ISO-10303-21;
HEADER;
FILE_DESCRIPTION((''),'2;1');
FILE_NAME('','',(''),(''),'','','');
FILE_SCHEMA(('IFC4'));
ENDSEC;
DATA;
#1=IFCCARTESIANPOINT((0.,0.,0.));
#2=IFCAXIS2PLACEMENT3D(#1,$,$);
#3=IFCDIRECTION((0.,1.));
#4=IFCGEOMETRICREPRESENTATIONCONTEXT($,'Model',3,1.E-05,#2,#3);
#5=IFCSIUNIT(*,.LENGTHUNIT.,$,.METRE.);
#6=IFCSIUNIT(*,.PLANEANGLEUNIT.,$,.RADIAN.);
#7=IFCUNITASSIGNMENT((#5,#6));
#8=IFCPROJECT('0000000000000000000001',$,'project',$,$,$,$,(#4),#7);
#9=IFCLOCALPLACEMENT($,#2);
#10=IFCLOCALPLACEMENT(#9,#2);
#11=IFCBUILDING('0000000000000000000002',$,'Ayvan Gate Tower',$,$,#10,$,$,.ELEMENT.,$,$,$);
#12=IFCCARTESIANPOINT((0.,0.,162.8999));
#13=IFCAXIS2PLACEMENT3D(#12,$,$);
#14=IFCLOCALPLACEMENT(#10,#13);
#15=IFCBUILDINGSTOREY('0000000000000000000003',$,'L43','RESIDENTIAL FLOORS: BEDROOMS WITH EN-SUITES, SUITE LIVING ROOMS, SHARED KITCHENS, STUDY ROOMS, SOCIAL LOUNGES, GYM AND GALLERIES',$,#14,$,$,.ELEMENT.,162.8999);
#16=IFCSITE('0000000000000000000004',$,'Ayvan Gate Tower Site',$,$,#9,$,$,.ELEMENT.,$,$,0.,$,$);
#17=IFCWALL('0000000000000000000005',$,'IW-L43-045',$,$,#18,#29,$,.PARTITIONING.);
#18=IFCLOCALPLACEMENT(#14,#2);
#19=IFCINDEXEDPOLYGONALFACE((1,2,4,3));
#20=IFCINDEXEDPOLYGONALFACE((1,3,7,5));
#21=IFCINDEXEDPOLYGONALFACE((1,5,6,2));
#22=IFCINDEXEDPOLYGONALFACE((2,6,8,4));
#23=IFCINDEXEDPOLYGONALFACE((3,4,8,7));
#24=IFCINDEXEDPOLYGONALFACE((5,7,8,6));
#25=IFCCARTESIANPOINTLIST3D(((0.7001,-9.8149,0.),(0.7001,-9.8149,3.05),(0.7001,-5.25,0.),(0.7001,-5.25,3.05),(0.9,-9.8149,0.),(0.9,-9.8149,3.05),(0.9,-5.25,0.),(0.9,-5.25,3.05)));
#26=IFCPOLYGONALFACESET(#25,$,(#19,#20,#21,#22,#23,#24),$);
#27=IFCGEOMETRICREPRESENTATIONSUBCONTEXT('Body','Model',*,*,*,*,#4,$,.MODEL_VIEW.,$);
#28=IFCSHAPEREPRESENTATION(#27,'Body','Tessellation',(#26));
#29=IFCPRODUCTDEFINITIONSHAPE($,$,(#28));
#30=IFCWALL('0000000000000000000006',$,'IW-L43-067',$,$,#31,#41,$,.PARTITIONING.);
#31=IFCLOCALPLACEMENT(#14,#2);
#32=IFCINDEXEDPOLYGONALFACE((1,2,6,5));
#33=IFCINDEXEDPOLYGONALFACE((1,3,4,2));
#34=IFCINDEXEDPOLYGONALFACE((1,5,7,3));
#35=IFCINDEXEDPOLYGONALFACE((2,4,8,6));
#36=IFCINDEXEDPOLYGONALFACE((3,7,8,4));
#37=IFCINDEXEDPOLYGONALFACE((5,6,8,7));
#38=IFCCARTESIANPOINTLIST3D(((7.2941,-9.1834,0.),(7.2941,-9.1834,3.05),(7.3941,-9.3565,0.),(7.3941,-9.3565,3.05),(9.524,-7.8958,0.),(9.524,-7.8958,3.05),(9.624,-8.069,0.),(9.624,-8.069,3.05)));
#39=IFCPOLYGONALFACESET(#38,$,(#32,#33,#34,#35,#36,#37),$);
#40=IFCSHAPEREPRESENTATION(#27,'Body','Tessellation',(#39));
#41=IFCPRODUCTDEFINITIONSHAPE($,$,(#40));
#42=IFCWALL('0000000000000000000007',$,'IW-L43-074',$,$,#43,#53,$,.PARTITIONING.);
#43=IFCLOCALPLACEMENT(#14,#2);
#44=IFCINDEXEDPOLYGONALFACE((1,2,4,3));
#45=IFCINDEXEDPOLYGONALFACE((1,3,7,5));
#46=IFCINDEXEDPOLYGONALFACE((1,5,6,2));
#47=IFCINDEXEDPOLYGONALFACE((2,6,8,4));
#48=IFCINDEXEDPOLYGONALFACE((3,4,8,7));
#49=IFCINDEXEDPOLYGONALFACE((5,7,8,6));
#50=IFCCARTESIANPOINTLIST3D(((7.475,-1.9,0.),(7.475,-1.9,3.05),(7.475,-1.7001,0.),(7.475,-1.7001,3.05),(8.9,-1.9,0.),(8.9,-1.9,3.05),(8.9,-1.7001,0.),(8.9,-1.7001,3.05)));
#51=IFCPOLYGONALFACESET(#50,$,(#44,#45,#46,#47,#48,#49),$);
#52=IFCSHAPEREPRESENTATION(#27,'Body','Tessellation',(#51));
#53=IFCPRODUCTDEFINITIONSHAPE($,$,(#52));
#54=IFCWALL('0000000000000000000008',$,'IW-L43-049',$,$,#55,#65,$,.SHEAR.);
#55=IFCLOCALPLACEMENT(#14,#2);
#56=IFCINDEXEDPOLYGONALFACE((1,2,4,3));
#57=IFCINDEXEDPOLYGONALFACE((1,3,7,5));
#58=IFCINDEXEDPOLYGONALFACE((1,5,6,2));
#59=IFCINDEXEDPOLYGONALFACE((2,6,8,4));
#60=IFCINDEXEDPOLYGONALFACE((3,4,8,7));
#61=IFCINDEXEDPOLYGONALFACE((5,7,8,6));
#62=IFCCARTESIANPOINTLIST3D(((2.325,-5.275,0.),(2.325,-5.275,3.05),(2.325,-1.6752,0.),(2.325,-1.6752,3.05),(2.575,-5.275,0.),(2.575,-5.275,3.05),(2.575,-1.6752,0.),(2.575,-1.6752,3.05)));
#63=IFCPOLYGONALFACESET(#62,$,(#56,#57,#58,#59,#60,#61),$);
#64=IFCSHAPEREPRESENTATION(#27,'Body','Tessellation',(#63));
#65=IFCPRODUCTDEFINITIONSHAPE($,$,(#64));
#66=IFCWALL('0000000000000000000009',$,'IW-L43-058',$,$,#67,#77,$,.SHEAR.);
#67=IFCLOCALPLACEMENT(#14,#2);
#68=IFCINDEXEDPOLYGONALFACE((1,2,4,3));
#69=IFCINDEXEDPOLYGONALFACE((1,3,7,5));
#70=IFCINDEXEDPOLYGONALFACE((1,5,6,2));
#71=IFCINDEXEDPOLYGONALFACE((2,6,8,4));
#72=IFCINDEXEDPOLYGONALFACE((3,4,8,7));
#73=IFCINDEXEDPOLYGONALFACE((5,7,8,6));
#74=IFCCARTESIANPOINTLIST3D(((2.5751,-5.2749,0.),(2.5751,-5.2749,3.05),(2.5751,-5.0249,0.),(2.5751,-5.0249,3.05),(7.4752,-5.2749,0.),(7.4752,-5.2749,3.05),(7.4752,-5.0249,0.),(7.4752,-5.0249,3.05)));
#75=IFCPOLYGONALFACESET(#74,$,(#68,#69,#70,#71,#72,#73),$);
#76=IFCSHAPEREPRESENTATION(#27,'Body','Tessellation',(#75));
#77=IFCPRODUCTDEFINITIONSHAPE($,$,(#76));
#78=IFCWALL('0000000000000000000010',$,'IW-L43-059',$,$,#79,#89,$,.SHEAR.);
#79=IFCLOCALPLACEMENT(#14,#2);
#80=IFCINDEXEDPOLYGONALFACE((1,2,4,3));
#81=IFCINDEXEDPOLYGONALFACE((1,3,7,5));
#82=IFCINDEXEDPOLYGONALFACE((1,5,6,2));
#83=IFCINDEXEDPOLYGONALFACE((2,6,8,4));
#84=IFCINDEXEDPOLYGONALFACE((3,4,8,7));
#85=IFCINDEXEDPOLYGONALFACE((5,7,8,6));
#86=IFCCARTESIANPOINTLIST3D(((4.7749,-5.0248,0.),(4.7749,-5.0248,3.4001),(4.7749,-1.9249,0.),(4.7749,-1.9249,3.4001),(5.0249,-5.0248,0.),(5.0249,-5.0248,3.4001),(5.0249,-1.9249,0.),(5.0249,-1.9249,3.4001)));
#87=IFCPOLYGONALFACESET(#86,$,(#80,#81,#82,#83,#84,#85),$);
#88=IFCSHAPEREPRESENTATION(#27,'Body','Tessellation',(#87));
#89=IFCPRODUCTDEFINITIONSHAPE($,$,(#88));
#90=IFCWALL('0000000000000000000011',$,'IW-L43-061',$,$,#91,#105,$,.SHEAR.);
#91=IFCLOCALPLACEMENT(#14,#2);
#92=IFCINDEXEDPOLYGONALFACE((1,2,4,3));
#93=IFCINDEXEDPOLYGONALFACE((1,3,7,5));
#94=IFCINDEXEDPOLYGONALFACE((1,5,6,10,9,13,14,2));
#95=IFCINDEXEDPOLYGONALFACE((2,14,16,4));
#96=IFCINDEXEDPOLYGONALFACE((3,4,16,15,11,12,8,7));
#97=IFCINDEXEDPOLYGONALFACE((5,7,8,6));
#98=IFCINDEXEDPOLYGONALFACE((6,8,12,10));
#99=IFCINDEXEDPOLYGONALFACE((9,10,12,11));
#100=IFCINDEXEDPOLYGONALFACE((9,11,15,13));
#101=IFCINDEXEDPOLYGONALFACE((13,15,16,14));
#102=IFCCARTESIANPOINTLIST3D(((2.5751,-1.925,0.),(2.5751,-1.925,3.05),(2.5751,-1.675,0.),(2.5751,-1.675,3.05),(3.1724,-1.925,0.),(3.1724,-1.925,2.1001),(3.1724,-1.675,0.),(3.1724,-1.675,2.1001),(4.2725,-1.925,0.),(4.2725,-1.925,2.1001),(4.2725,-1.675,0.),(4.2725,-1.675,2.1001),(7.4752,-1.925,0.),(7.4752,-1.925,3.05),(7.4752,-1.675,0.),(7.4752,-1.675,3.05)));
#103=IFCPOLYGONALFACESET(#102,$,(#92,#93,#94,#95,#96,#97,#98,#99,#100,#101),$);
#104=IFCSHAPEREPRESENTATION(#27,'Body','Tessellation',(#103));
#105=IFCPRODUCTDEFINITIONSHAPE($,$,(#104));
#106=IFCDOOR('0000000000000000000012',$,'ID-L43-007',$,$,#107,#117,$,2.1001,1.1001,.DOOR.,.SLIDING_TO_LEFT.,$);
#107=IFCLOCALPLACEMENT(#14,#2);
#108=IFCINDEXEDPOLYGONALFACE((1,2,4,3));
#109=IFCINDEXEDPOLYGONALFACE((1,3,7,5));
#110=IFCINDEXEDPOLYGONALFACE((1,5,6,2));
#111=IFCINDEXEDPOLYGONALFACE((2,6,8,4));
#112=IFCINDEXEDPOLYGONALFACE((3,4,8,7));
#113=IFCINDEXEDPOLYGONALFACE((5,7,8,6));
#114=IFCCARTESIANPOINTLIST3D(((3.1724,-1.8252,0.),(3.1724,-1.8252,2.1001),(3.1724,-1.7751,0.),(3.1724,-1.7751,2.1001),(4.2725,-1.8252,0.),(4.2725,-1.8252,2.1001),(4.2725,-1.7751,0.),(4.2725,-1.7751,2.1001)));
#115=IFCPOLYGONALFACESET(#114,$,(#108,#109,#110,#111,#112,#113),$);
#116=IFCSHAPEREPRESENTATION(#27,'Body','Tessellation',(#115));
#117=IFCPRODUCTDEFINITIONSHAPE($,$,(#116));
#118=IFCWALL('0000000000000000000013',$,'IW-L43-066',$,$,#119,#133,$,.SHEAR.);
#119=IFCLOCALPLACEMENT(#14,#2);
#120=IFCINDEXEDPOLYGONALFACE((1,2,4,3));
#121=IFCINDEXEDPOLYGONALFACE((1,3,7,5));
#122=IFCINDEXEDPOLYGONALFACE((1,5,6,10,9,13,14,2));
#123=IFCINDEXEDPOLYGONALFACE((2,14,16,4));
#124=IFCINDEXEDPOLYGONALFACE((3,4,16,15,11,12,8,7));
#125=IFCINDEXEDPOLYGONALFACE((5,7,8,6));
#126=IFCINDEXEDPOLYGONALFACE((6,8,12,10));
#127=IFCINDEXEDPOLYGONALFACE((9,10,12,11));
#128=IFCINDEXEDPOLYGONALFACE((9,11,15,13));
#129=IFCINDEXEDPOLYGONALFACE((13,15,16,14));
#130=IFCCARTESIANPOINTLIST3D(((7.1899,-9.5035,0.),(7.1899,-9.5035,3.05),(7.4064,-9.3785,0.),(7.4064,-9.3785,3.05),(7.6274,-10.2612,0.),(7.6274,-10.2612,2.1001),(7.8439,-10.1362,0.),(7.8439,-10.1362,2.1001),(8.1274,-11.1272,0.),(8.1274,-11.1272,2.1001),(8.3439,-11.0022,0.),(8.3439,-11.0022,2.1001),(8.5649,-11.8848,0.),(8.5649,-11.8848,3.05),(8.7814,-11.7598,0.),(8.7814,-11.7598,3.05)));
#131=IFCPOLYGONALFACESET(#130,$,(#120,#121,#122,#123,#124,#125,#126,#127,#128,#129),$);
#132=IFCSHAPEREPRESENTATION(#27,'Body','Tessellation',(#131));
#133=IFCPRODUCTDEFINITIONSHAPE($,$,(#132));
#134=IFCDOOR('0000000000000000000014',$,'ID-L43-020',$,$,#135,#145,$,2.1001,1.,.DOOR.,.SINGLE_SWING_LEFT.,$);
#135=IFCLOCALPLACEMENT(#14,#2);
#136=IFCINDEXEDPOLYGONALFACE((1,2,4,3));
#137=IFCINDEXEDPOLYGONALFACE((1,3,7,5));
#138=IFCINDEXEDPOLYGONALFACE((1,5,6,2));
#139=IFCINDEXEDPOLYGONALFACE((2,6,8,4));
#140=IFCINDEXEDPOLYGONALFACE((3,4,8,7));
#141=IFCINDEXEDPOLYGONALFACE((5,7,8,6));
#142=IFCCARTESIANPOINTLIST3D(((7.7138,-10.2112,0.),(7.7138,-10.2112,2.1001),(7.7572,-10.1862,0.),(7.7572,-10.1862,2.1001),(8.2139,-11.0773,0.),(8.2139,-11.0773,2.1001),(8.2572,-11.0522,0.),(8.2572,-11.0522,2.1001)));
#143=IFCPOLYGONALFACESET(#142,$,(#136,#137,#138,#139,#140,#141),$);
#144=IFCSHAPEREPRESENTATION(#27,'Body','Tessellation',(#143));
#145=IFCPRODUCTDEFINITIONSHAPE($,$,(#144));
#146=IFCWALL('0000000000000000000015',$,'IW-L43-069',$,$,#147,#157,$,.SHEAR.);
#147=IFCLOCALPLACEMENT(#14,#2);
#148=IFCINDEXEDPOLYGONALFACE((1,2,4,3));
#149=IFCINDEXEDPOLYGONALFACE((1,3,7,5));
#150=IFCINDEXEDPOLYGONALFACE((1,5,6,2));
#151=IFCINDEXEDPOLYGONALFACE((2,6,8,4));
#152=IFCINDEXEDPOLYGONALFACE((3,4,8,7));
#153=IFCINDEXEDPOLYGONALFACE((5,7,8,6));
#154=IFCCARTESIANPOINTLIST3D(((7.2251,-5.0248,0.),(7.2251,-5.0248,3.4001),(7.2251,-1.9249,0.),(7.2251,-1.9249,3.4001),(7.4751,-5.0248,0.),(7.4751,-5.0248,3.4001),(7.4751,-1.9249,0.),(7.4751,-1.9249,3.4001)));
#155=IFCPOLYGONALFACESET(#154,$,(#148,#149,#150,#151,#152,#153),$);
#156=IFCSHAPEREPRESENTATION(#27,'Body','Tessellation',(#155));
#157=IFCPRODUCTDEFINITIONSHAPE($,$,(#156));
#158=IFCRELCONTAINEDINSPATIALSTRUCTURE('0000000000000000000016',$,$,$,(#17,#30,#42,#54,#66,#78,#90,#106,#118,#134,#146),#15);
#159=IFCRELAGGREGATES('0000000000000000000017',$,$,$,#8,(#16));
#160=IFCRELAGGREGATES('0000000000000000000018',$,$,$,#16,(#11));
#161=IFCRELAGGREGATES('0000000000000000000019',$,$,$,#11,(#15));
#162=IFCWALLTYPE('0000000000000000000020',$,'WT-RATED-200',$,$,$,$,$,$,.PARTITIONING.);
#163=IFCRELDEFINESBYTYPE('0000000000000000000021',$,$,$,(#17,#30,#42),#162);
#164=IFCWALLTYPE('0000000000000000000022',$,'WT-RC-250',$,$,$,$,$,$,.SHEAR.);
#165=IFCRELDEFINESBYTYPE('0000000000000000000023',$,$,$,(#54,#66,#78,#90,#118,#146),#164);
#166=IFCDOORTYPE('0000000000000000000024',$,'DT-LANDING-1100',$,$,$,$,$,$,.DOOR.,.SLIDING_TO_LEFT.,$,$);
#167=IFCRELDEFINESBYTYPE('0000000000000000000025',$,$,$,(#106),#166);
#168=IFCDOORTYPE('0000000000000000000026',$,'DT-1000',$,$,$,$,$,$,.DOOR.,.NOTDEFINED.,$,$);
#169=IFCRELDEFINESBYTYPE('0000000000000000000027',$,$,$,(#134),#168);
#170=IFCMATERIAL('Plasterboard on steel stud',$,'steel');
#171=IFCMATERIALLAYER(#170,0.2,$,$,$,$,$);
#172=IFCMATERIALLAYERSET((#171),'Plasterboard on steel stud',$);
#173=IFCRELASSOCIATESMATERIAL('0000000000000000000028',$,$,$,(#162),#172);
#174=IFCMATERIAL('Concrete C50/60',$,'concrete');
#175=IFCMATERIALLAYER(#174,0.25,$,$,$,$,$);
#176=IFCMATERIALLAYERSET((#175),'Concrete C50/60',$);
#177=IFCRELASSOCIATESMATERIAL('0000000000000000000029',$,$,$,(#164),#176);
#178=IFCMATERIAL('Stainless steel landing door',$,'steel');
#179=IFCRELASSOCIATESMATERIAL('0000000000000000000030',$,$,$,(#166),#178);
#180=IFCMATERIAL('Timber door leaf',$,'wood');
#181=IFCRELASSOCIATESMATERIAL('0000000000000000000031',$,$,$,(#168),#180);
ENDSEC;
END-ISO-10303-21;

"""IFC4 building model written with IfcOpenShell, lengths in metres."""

from ifc_helpers import new_model, si_unit, direction, frame, frame_2d, origin, place, context, subcontext, project, spatial, rectangle, extrude, material, layer, layer_set, type_object, element, fill, save


model = new_model("IFC4")

# Units and contexts
model_context = context("Model", 3, precision=1e-05, world=origin(), true_north=direction((0.0, 1.0)))
body_context = subcontext(model_context, "Body", "Model", "MODEL_VIEW")
ifc_project = project(units=[si_unit("LENGTHUNIT", "METRE"), si_unit("PLANEANGLEUNIT", "RADIAN")], contexts=[model_context])

# Site, building, storey
site_placement = place(None, origin())
site = spatial("IfcSite", under=ifc_project, at=site_placement, Name="Ayvan Gate Tower Site", CompositionType="ELEMENT", RefElevation=0.0)
building_placement = place(site_placement, origin())
building = spatial("IfcBuilding", under=site, at=building_placement, Name="Ayvan Gate Tower", CompositionType="ELEMENT")
storey_placement = place(building_placement, frame((0.0, 0.0, 162.8999)))
storey = spatial("IfcBuildingStorey", under=building, at=storey_placement, Name="L43", Description="RESIDENTIAL FLOORS: BEDROOMS WITH EN-SUITES, SUITE LIVING ROOMS, SHARED KITCHENS, STUDY ROOMS, SOCIAL LOUNGES, GYM AND GALLERIES", CompositionType="ELEMENT", Elevation=162.8999)

# Walls
ifc_material_1 = material(Name="Plasterboard on steel stud", Category="steel")
ifc_layer_1 = layer(ifc_material_1, 0.2)
ifc_layer_set_1 = layer_set([ifc_layer_1], Name="Plasterboard on steel stud")
wall_type_1 = type_object("IfcWallType", Name="WT-RATED-200", PredefinedType="PARTITIONING", material=ifc_layer_set_1)
wall_1_placement = place(storey_placement, frame((0.8, -5.25, 0.0), z_axis=(0.0, 0.0, 1.0), x_axis=(0.0, -1.0, 0.0)))
element("IfcWall", 1, at=wall_1_placement, inside=storey, type_object=wall_type_1, Name="IW-L43-045", PredefinedType="PARTITIONING", context=body_context, shape_type="SweptSolid", body=[
    extrude(rectangle(XDim=4.5649, YDim=0.2, at=frame_2d((2.2825, 0.0))), origin(), (0.0, 0.0, 1.0), 3.05),
])
wall_2_placement = place(storey_placement, frame((7.344, -9.27, 0.0), z_axis=(0.0, 0.0, 1.0), x_axis=(0.866006, 0.500034, 0.0)))
element("IfcWall", 2, at=wall_2_placement, inside=storey, type_object=wall_type_1, Name="IW-L43-067", PredefinedType="PARTITIONING", context=body_context, shape_type="SweptSolid", body=[
    extrude(rectangle(XDim=2.575, YDim=0.2, at=frame_2d((1.2876, 0.0))), origin(), (0.0, 0.0, 1.0), 3.05),
])
wall_3_placement = place(storey_placement, frame((8.8999, -1.8, 0.0), z_axis=(0.0, 0.0, 1.0), x_axis=(-1.0, 0.0, 0.0)))
element("IfcWall", 3, at=wall_3_placement, inside=storey, type_object=wall_type_1, Name="IW-L43-074", PredefinedType="PARTITIONING", context=body_context, shape_type="SweptSolid", body=[
    extrude(rectangle(XDim=1.425, YDim=0.2, at=frame_2d((0.7124, 0.0))), origin(), (0.0, 0.0, 1.0), 3.05),
])
ifc_material_2 = material(Name="Concrete C50/60", Category="concrete")
ifc_layer_2 = layer(ifc_material_2, 0.25)
ifc_layer_set_2 = layer_set([ifc_layer_2], Name="Concrete C50/60")
wall_type_2 = type_object("IfcWallType", Name="WT-RC-250", PredefinedType="SHEAR", material=ifc_layer_set_2)
wall_4_placement = place(storey_placement, frame((2.45, -5.2749, 0.0), z_axis=(0.0, 0.0, 1.0), x_axis=(0.0, 1.0, 0.0)))
element("IfcWall", 4, at=wall_4_placement, inside=storey, type_object=wall_type_2, Name="IW-L43-049", PredefinedType="SHEAR", context=body_context, shape_type="SweptSolid", body=[
    extrude(rectangle(XDim=3.5999, YDim=0.25, at=frame_2d((1.7998, 0.0))), origin(), (0.0, 0.0, 1.0), 3.05),
])
wall_5_placement = place(storey_placement, frame((2.575, -5.1499, 0.0), z_axis=(0.0, 0.0, 1.0), x_axis=(1.0, 0.0, 0.0)))
element("IfcWall", 5, at=wall_5_placement, inside=storey, type_object=wall_type_2, Name="IW-L43-058", PredefinedType="SHEAR", context=body_context, shape_type="SweptSolid", body=[
    extrude(rectangle(XDim=4.9001, YDim=0.25, at=frame_2d((2.4502, 0.0))), origin(), (0.0, 0.0, 1.0), 3.05),
])
wall_6_placement = place(storey_placement, frame((4.8999, -1.925, 0.0), z_axis=(0.0, 0.0, 1.0), x_axis=(0.0, -1.0, 0.0)))
element("IfcWall", 6, at=wall_6_placement, inside=storey, type_object=wall_type_2, Name="IW-L43-059", PredefinedType="SHEAR", context=body_context, shape_type="SweptSolid", body=[
    extrude(rectangle(XDim=3.0999, YDim=0.25, at=frame_2d((1.5498, 0.0))), origin(), (0.0, 0.0, 1.0), 3.4001),
])

# Walls, openings, doors
wall_7_placement = place(storey_placement, frame((2.575, -1.8, 0.0), z_axis=(0.0, 0.0, 1.0), x_axis=(1.0, 0.0, 0.0)))
wall_7 = element("IfcWall", 7, at=wall_7_placement, inside=storey, type_object=wall_type_2, Name="IW-L43-061", PredefinedType="SHEAR", context=body_context, shape_type="SweptSolid", body=[
    extrude(rectangle(XDim=4.9001, YDim=0.25, at=frame_2d((2.4502, 0.0))), origin(), (0.0, 0.0, 1.0), 3.05),
])
opening_1_placement = place(wall_7_placement, frame((0.5974, 0.0, 0.0)))
opening_1 = element("IfcOpeningElement", 8, at=opening_1_placement, cuts=wall_7, PredefinedType="OPENING", context=body_context, shape_type="SweptSolid", body=[
    extrude(rectangle(XDim=1.1001, YDim=2.1001, at=frame_2d((0.55, 1.05))), frame((0.0, 0.135, 0.0), z_axis=(0.0, -1.0, 0.0), x_axis=(1.0, 0.0, 0.0)), (0.0, 0.0, 1.0), 0.27),
])
ifc_material_3 = material(Name="Stainless steel landing door", Category="steel")
door_type_1 = type_object("IfcDoorType", Name="DT-LANDING-1100", OperationType="SLIDING_TO_LEFT", PredefinedType="DOOR", material=ifc_material_3)
door_1_placement = place(opening_1_placement, origin())
door_1 = element("IfcDoor", 9, at=door_1_placement, inside=storey, type_object=door_type_1, Name="ID-L43-007", OperationType="SLIDING_TO_LEFT", OverallHeight=2.1001, OverallWidth=1.1001, PredefinedType="DOOR", context=body_context, shape_type="SweptSolid", body=[
    extrude(rectangle(XDim=1.1001, YDim=2.1001, at=frame_2d((0.55, 1.05))), frame((0.0, 0.0249, 0.0), z_axis=(0.0, -1.0, 0.0), x_axis=(1.0, 0.0, 0.0)), (0.0, 0.0, 1.0), 0.05),
])
fill(opening_1, door_1)
wall_8_placement = place(storey_placement, frame((7.2981, -9.4409, 0.0), z_axis=(0.0, 0.0, 1.0), x_axis=(0.500035, -0.866005, 0.0)))
wall_8 = element("IfcWall", 10, at=wall_8_placement, inside=storey, type_object=wall_type_2, Name="IW-L43-066", PredefinedType="SHEAR", context=body_context, shape_type="SweptSolid", body=[
    extrude(rectangle(XDim=2.7498, YDim=0.25, at=frame_2d((1.375, 0.0))), origin(), (0.0, 0.0, 1.0), 3.05),
])
opening_2_placement = place(wall_8_placement, frame((0.875, 0.0, 0.0)))
opening_2 = element("IfcOpeningElement", 11, at=opening_2_placement, cuts=wall_8, PredefinedType="OPENING", context=body_context, shape_type="SweptSolid", body=[
    extrude(rectangle(XDim=1.0, YDim=2.1001, at=frame_2d((0.5, 1.05))), frame((0.0, 0.135, 0.0), z_axis=(0.0, -1.0, 0.0), x_axis=(1.0, 0.0, 0.0)), (0.0, 0.0, 1.0), 0.27),
])
ifc_material_4 = material(Name="Timber door leaf", Category="wood")
door_type_2 = type_object("IfcDoorType", Name="DT-1000", OperationType="NOTDEFINED", PredefinedType="DOOR", material=ifc_material_4)
door_2_placement = place(opening_2_placement, origin())
door_2 = element("IfcDoor", 12, at=door_2_placement, inside=storey, type_object=door_type_2, Name="ID-L43-020", OperationType="SINGLE_SWING_LEFT", OverallHeight=2.1001, OverallWidth=1.0, PredefinedType="DOOR", context=body_context, shape_type="SweptSolid", body=[
    extrude(rectangle(XDim=1.0, YDim=2.1001, at=frame_2d((0.5, 1.05))), frame((0.0, 0.0249, 0.0), z_axis=(0.0, -1.0, 0.0), x_axis=(1.0, 0.0, 0.0)), (0.0, 0.0, 1.0), 0.05),
])
fill(opening_2, door_2)

# Wall
wall_9_placement = place(storey_placement, frame((7.3501, -1.925, 0.0), z_axis=(0.0, 0.0, 1.0), x_axis=(0.0, -1.0, 0.0)))
element("IfcWall", 13, at=wall_9_placement, inside=storey, type_object=wall_type_2, Name="IW-L43-069", PredefinedType="SHEAR", context=body_context, shape_type="SweptSolid", body=[
    extrude(rectangle(XDim=3.0999, YDim=0.25, at=frame_2d((1.5498, 0.0))), origin(), (0.0, 0.0, 1.0), 3.4001),
])

save(model, "model.ifc")
